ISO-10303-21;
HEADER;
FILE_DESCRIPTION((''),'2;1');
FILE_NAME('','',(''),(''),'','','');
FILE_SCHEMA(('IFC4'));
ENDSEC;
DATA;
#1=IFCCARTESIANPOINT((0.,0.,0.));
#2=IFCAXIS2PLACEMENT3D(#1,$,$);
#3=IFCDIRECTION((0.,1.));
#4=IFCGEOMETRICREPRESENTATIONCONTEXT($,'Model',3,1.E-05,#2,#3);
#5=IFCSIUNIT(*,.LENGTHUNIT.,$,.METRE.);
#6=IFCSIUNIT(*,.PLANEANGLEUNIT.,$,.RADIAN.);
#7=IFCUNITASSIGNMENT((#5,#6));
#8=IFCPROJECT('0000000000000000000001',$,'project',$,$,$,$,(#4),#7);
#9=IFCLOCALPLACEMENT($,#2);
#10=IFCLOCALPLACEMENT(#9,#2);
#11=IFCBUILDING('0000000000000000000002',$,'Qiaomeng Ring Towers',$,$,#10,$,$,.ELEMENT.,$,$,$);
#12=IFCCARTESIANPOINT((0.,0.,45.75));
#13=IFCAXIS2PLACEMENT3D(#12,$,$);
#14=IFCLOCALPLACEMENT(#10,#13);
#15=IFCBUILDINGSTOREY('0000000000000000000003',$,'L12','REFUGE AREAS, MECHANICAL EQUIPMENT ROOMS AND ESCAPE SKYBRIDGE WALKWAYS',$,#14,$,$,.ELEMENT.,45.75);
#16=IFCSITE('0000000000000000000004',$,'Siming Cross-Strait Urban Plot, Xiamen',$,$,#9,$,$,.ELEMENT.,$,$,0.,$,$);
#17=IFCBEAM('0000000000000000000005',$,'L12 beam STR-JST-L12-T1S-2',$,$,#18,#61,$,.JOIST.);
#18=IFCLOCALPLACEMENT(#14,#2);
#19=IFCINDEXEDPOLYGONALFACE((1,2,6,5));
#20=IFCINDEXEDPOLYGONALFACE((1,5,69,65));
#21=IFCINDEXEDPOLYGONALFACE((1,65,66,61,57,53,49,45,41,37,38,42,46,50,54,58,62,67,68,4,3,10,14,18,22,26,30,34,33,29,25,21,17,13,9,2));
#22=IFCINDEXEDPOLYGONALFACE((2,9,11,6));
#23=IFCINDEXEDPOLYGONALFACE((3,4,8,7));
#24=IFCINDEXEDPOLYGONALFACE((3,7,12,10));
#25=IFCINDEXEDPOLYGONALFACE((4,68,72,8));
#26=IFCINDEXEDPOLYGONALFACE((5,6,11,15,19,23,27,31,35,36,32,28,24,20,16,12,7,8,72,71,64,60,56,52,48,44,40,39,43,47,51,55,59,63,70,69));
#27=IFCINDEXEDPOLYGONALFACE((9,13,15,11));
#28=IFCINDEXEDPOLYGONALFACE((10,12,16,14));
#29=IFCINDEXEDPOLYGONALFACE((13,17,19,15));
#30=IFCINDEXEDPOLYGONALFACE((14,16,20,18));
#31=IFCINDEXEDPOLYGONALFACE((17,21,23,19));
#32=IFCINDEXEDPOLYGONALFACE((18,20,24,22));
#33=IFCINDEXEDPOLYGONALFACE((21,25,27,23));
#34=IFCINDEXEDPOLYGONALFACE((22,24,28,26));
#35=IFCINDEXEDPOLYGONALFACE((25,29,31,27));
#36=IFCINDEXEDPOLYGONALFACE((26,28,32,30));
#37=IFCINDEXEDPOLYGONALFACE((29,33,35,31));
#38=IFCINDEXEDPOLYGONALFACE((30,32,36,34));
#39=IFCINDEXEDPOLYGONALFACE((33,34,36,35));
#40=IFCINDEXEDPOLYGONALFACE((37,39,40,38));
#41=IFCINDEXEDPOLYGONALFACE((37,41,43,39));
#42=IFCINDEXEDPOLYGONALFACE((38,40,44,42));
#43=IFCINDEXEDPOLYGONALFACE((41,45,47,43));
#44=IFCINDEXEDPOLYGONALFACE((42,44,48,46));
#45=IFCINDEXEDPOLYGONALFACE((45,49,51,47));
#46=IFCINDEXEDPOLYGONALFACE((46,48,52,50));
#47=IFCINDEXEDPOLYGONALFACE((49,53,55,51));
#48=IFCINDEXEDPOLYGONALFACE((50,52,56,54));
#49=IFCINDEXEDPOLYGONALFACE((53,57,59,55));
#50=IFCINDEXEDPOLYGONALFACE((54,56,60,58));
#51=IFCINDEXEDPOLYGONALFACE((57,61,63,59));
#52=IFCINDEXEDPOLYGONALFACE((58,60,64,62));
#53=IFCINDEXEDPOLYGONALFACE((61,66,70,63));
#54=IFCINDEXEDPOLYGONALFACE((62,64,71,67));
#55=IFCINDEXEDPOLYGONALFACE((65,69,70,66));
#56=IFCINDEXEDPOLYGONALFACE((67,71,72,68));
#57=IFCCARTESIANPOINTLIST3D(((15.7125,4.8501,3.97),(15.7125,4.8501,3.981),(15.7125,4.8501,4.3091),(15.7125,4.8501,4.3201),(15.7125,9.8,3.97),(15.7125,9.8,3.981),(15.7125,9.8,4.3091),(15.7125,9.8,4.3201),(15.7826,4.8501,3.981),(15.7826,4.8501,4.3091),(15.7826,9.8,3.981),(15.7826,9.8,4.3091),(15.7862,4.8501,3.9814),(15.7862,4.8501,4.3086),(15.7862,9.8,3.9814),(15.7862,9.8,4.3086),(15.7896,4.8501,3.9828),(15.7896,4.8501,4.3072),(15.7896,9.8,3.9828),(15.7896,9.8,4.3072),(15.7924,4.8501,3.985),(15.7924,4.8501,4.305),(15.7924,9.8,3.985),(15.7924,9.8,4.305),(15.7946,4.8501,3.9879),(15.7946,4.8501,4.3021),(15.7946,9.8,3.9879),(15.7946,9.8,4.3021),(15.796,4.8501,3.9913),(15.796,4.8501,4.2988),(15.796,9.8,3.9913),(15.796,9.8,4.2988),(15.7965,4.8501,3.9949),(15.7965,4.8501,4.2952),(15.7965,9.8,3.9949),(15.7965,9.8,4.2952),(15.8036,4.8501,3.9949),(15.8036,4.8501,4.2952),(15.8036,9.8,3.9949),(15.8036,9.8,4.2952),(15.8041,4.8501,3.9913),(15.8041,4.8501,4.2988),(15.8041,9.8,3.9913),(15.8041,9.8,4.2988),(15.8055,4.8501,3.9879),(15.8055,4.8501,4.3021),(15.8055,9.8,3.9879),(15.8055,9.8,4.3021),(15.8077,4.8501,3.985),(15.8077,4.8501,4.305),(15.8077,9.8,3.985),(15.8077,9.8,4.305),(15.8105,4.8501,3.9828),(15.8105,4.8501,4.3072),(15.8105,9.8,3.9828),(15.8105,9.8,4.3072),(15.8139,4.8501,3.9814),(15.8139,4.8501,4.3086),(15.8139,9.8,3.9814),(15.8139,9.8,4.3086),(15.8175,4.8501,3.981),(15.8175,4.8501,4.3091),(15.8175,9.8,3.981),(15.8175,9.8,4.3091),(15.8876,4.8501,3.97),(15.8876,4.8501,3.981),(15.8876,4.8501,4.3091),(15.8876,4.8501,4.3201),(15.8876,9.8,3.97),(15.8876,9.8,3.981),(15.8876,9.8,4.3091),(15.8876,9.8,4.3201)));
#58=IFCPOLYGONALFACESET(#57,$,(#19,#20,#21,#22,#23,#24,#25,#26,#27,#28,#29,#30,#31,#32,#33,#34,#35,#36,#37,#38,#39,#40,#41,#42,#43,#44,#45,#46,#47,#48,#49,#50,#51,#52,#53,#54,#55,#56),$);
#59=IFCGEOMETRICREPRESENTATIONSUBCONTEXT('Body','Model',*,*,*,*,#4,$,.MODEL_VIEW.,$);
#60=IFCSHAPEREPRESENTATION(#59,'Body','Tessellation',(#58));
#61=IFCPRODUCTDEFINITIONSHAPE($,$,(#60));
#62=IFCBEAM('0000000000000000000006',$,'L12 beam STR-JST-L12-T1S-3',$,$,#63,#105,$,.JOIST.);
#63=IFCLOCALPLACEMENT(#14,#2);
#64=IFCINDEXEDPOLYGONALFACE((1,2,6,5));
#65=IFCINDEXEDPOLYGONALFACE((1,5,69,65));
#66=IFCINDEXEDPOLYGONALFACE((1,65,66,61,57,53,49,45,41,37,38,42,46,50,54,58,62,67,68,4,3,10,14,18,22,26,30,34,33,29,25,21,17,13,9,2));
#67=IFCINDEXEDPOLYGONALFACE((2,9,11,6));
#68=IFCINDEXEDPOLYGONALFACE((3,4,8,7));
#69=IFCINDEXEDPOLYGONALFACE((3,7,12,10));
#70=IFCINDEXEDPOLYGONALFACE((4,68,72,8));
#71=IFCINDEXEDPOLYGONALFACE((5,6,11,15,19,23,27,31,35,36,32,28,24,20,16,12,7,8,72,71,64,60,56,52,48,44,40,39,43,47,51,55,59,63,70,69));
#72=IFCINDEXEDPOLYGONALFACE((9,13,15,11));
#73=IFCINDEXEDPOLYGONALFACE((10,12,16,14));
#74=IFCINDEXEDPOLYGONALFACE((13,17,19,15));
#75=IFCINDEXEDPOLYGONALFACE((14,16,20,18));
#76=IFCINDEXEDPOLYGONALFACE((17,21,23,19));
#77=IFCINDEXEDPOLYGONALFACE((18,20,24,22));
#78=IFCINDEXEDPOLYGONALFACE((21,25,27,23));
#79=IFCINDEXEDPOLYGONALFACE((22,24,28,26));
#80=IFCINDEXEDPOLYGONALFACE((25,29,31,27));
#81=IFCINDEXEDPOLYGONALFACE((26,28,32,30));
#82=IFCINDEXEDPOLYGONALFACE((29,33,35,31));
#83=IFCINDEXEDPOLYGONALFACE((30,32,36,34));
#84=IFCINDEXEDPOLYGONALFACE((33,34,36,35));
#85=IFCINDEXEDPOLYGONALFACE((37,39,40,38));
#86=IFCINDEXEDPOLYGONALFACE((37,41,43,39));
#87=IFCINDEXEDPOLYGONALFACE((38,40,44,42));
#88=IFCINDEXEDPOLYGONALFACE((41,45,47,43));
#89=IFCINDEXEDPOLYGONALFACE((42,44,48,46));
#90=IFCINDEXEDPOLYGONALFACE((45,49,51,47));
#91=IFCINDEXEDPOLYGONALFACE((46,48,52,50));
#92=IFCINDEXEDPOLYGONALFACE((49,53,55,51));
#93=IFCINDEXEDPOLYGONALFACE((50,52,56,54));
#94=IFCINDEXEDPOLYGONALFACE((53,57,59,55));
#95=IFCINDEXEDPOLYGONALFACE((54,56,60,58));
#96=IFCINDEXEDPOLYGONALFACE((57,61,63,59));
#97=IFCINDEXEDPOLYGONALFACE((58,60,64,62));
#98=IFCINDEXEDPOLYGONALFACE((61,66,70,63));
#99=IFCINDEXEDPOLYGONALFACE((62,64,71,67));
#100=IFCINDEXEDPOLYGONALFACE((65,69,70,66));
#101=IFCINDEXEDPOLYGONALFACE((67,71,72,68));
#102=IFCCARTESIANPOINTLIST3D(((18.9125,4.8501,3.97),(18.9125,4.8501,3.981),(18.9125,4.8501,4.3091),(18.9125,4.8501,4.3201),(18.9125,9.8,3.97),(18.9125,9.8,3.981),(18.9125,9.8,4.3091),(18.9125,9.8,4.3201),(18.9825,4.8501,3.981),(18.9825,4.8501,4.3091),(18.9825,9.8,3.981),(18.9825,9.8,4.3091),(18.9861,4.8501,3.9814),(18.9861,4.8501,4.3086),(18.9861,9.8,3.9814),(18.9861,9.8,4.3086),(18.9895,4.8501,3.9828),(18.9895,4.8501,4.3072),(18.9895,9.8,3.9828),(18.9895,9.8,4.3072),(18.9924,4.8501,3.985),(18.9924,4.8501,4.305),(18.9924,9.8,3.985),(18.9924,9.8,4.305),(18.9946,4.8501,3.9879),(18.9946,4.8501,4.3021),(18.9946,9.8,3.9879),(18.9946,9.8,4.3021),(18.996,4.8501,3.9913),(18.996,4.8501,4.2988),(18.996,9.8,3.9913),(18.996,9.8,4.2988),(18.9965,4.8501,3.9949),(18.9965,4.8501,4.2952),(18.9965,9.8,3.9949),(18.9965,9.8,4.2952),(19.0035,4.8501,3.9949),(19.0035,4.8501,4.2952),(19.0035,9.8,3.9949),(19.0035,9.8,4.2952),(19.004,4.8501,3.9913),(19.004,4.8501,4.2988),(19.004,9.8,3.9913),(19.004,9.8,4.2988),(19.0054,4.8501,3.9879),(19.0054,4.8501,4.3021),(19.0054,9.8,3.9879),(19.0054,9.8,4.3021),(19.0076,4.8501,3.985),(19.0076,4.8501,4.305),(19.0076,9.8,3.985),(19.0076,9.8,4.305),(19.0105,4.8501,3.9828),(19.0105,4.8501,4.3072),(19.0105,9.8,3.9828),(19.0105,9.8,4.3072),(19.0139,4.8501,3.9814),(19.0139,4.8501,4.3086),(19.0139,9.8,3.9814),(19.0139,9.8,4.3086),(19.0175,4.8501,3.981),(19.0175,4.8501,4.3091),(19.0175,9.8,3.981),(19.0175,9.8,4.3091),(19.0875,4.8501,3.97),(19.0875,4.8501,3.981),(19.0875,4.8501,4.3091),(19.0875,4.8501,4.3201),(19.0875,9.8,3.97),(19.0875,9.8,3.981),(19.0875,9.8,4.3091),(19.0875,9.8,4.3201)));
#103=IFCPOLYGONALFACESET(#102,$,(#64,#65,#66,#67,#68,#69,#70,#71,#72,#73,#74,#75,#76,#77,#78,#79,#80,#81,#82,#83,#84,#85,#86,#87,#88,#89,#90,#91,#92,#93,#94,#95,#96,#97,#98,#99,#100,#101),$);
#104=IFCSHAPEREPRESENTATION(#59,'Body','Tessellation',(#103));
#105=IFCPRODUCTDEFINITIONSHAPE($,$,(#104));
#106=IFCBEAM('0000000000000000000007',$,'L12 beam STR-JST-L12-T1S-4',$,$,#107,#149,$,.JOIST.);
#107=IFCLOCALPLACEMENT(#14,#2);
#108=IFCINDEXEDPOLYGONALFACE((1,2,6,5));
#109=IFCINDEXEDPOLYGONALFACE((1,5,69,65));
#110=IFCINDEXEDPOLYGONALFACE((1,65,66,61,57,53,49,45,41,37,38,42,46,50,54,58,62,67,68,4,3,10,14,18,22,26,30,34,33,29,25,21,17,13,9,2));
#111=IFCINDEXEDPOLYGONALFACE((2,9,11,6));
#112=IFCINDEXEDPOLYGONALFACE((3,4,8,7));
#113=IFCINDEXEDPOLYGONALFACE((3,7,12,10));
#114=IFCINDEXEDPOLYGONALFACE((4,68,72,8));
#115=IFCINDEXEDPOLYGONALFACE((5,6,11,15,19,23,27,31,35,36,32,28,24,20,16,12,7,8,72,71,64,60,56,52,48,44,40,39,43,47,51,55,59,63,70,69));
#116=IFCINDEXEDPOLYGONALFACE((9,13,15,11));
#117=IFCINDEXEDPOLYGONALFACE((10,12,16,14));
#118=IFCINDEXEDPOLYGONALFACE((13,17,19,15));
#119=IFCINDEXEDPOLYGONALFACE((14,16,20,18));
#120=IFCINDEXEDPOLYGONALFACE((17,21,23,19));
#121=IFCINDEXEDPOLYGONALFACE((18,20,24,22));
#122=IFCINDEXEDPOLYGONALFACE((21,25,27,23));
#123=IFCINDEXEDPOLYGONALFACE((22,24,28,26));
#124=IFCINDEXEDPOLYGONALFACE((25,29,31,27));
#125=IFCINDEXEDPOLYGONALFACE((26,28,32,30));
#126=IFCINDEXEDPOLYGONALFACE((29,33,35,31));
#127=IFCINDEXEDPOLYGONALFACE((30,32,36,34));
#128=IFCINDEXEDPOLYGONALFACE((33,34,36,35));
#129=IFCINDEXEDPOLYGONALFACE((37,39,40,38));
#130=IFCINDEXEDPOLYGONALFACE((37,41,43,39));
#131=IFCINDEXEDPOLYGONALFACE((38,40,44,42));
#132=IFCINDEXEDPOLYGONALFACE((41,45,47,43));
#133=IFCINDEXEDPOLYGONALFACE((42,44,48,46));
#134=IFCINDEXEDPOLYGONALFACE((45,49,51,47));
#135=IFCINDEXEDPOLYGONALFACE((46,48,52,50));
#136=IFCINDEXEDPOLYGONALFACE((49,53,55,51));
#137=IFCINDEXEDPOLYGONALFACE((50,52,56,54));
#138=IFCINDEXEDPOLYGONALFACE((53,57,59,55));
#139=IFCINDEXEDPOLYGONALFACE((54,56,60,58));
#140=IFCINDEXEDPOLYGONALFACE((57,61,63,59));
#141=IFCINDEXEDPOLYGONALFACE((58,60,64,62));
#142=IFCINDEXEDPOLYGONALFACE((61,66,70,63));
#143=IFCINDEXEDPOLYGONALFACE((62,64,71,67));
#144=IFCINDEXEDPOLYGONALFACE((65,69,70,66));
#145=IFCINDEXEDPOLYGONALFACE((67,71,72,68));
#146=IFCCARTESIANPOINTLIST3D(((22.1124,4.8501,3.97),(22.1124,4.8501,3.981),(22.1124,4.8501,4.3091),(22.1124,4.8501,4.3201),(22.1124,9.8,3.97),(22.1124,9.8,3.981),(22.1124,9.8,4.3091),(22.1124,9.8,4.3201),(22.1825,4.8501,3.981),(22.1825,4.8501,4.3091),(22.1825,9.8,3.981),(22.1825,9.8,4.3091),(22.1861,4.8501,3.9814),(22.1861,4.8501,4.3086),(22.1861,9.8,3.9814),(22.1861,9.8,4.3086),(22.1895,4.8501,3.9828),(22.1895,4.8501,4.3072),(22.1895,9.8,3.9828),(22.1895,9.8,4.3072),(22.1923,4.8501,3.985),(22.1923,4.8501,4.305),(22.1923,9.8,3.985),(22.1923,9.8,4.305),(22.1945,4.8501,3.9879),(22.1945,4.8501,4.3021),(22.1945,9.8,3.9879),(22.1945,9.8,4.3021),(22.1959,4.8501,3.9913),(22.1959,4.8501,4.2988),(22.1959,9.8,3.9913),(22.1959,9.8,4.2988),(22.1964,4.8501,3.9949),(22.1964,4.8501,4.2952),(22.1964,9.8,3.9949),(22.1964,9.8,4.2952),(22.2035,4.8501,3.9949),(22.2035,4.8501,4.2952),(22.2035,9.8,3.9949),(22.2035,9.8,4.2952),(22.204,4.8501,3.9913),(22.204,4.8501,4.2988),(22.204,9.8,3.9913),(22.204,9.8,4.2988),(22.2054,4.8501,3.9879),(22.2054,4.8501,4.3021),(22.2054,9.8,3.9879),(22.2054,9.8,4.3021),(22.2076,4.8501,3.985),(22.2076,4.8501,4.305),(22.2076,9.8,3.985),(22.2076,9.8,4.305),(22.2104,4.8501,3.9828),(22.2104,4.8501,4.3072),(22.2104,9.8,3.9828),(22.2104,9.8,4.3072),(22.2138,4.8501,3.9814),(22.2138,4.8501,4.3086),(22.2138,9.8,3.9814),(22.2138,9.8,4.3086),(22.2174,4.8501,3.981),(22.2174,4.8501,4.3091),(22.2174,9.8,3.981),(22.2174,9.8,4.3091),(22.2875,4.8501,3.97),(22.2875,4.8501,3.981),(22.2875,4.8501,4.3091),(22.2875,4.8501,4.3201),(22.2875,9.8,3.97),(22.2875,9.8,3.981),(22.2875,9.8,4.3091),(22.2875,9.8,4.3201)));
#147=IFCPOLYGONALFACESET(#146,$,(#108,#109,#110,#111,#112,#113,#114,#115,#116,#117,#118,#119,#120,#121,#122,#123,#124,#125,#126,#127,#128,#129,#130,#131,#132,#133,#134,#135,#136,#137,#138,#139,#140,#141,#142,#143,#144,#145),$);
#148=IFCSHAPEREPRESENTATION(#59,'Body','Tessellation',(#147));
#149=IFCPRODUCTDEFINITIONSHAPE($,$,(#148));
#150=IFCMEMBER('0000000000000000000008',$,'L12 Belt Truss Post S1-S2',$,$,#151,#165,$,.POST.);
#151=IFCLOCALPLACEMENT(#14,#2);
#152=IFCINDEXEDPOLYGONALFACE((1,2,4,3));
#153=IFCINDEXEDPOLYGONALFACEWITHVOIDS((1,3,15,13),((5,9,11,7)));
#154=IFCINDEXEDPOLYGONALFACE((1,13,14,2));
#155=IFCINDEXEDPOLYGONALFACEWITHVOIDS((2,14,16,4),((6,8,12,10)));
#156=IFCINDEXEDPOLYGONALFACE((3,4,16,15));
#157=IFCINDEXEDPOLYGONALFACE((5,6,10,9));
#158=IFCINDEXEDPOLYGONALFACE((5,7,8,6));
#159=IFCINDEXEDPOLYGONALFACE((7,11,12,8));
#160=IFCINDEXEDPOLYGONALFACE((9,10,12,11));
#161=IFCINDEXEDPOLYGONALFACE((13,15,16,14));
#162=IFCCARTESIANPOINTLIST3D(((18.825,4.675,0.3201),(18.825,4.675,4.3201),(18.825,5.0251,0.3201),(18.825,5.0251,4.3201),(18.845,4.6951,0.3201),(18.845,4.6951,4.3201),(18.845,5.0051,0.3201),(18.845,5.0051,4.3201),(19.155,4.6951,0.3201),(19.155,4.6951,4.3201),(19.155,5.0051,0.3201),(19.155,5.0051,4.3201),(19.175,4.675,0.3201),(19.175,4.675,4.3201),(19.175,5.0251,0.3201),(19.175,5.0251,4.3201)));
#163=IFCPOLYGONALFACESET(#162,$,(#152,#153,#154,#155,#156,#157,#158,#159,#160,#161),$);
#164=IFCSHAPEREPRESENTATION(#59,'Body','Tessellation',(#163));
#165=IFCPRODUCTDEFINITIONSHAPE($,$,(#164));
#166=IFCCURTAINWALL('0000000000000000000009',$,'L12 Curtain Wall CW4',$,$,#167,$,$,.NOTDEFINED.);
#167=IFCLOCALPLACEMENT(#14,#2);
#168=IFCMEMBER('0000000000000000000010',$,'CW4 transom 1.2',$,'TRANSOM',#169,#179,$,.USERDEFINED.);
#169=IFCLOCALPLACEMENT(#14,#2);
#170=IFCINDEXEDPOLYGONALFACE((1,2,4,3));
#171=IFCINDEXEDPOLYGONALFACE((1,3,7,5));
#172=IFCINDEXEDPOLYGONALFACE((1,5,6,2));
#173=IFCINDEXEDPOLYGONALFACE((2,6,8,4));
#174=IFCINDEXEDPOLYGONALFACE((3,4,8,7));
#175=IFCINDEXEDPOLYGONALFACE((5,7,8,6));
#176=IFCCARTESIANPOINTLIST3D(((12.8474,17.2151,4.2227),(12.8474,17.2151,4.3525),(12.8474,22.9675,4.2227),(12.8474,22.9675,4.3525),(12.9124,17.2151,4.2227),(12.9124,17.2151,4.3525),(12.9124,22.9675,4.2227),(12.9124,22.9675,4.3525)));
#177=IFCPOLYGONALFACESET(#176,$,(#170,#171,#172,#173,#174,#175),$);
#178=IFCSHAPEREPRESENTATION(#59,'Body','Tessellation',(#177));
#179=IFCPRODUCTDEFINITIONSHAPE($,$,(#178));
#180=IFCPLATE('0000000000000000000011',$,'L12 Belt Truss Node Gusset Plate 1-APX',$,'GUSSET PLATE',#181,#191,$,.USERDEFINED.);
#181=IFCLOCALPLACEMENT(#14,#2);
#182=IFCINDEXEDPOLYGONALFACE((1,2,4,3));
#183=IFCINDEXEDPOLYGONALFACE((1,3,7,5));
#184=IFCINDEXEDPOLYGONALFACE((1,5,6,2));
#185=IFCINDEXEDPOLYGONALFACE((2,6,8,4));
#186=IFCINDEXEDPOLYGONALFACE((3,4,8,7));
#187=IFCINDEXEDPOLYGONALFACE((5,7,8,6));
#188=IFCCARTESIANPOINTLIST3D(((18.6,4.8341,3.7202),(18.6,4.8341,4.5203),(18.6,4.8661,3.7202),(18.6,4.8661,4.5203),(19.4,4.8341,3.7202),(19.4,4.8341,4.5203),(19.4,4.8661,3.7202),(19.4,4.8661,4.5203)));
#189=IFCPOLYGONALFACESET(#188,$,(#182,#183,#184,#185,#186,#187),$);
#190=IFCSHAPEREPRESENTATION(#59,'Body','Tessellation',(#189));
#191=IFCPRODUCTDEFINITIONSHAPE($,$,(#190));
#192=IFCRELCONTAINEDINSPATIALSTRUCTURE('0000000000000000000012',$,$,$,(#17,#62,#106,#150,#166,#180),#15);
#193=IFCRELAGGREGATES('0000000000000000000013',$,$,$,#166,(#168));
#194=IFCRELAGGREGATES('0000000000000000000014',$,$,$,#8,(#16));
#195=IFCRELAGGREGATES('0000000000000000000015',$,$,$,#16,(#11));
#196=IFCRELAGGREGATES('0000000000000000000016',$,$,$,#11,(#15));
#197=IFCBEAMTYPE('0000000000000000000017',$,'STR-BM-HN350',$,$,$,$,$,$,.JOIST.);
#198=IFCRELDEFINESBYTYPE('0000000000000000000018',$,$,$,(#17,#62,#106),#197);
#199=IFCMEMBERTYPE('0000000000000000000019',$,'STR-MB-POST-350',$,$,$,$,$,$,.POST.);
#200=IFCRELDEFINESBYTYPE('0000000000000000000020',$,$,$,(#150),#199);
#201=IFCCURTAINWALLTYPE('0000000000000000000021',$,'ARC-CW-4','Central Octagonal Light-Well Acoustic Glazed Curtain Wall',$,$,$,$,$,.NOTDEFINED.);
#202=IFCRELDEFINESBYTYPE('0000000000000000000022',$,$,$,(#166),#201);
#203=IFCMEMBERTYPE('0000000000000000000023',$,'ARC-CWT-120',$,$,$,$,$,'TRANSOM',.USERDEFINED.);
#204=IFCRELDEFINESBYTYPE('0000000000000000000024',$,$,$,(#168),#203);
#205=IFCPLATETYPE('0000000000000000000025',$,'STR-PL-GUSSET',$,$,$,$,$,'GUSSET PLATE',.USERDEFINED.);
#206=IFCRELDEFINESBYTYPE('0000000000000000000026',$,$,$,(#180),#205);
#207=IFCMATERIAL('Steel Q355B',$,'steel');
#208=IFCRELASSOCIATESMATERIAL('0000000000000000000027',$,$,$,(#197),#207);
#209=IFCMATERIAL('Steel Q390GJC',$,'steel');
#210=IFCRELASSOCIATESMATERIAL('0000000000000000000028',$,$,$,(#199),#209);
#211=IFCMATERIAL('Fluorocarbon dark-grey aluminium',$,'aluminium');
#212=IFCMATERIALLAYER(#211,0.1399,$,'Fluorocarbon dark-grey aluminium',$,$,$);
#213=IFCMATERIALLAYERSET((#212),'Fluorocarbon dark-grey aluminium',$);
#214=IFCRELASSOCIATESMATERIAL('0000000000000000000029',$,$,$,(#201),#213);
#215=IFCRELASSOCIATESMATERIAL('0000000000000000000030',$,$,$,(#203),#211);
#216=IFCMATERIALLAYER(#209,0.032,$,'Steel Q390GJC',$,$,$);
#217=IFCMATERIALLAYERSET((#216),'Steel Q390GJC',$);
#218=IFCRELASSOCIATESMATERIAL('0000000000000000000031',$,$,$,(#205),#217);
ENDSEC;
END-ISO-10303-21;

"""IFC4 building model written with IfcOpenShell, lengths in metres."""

from ifc_helpers import new_model, si_unit, direction, frame, origin, origin_2d, place, context, subcontext, project, spatial, rectangle, hollow_rectangle, i_section, extrude, source, transform, mapped, material, layer, layer_set, material_profile, profile_set, type_object, element, aggregate, save


model = new_model("IFC4")

# Units and contexts
model_context = context("Model", 3, precision=1e-05, world=origin(), true_north=direction((0.0, 1.0)))
body_context = subcontext(model_context, "Body", "Model", "MODEL_VIEW")
ifc_project = project(units=[si_unit("LENGTHUNIT", "METRE"), si_unit("PLANEANGLEUNIT", "RADIAN")], contexts=[model_context])

# Site, building, storey
site_placement = place(None, origin())
site = spatial("IfcSite", under=ifc_project, at=site_placement, Name="Siming Cross-Strait Urban Plot, Xiamen", CompositionType="ELEMENT", RefElevation=0.0)
building_placement = place(site_placement, origin())
building = spatial("IfcBuilding", under=site, at=building_placement, Name="Qiaomeng Ring Towers", CompositionType="ELEMENT")
storey_placement = place(building_placement, frame((0.0, 0.0, 45.75)))
storey = spatial("IfcBuildingStorey", under=building, at=storey_placement, Name="L12", Description="REFUGE AREAS, MECHANICAL EQUIPMENT ROOMS AND ESCAPE SKYBRIDGE WALKWAYS", CompositionType="ELEMENT", Elevation=45.75)

# Beams
ifc_material_1 = material(Name="Steel Q355B", Category="steel")
ifc_material_profile_1 = material_profile(ifc_material_1, i_section(OverallWidth=0.175, OverallDepth=0.3501, WebThickness=0.0071, FlangeThickness=0.011, FilletRadius=0.0139, at=origin_2d()), Name="HN 350x175x7x11")
ifc_profile_set_1 = profile_set([ifc_material_profile_1], Name="Steel Q355B")
beam_type = type_object("IfcBeamType", Name="STR-BM-HN350", PredefinedType="JOIST", material=ifc_profile_set_1)
shared_shape_1 = source(origin(), body_context, "Body", "SweptSolid", [
    extrude(i_section(OverallWidth=0.175, OverallDepth=0.3501, WebThickness=0.0071, FlangeThickness=0.011, FilletRadius=0.0139, at=origin_2d()), origin(), (0.0, 0.0, 1.0), 4.95),
])
for number, where, z_axis, x_axis, name in (
    (1, (15.8, 4.8501, 4.145), (0.0, 1.0, 0.0), (-1.0, 0.0, 0.0), "L12 beam STR-JST-L12-T1S-2"),
    (2, (19.0, 4.8501, 4.145), (0.0, 1.0, 0.0), (-1.0, 0.0, 0.0), "L12 beam STR-JST-L12-T1S-3"),
    (3, (22.2, 4.8501, 4.145), (0.0, 1.0, 0.0), (-1.0, 0.0, 0.0), "L12 beam STR-JST-L12-T1S-4"),
):
    element("IfcBeam", number, at=place(storey_placement, frame(where, z_axis=z_axis, x_axis=x_axis)), inside=storey, type_object=beam_type, Name=name, PredefinedType="JOIST", context=body_context, shape_type="MappedRepresentation", body=[
        mapped(shared_shape_1, transform((0.0, 0.0, 0.0), x_axis=(1.0, 0.0, 0.0), y_axis=(0.0, 1.0, 0.0), z_axis=(0.0, 0.0, 1.0), scale=1.0)),
    ])

# Member
ifc_material_2 = material(Name="Steel Q390GJC", Category="steel")
ifc_material_profile_2 = material_profile(ifc_material_2, hollow_rectangle(XDim=0.3501, YDim=0.3501, WallThickness=0.02, at=origin_2d()), Name="SHS 350x350x20")
ifc_profile_set_2 = profile_set([ifc_material_profile_2], Name="Steel Q390GJC")
member_type_1 = type_object("IfcMemberType", Name="STR-MB-POST-350", PredefinedType="POST", material=ifc_profile_set_2)
shared_shape_2 = source(origin(), body_context, "Body", "SweptSolid", [
    extrude(hollow_rectangle(XDim=0.3501, YDim=0.3501, WallThickness=0.02, at=origin_2d()), origin(), (0.0, 0.0, 1.0), 4.0),
])
member_1_placement = place(storey_placement, frame((19.0, 4.8501, 0.3201), z_axis=(0.0, 0.0, 1.0), x_axis=(1.0, 0.0, 0.0)))
element("IfcMember", 4, at=member_1_placement, inside=storey, type_object=member_type_1, Name="L12 Belt Truss Post S1-S2", PredefinedType="POST", context=body_context, shape_type="MappedRepresentation", body=[
    mapped(shared_shape_2, transform((0.0, 0.0, 0.0), x_axis=(1.0, 0.0, 0.0), y_axis=(0.0, 1.0, 0.0), z_axis=(0.0, 0.0, 1.0), scale=1.0)),
])

# Curtain wall, member
ifc_material_3 = material(Name="Fluorocarbon dark-grey aluminium", Category="aluminium")
ifc_layer_1 = layer(ifc_material_3, 0.1399, Name="Fluorocarbon dark-grey aluminium")
ifc_layer_set_1 = layer_set([ifc_layer_1], Name="Fluorocarbon dark-grey aluminium")
curtain_wall_type = type_object("IfcCurtainWallType", Name="ARC-CW-4", Description="Central Octagonal Light-Well Acoustic Glazed Curtain Wall", PredefinedType="NOTDEFINED", material=ifc_layer_set_1)
curtain_wall_placement = place(storey_placement, origin())
curtain_wall = element("IfcCurtainWall", 5, at=curtain_wall_placement, inside=storey, type_object=curtain_wall_type, Name="L12 Curtain Wall CW4", PredefinedType="NOTDEFINED")
ifc_material_profile_3 = material_profile(ifc_material_3, rectangle(XDim=0.0649, YDim=0.1299, at=origin_2d()), Name="ALU TRAN 65x130")
ifc_profile_set_3 = profile_set([ifc_material_profile_3], Name="Fluorocarbon dark-grey aluminium")
member_type_2 = type_object("IfcMemberType", Name="ARC-CWT-120", ElementType="TRANSOM", PredefinedType="USERDEFINED", material=ifc_profile_set_3)
shared_shape_3 = source(origin(), body_context, "Body", "SweptSolid", [
    extrude(rectangle(XDim=0.0649, YDim=0.1299, at=origin_2d()), origin(), (0.0, 0.0, 1.0), 5.7524),
])
member_2_placement = place(storey_placement, frame((12.8799, 17.2151, 4.2876), z_axis=(0.0, 1.0, 0.0), x_axis=(-1.0, 0.0, 0.0)))
member_2 = element("IfcMember", 6, at=member_2_placement, type_object=member_type_2, Name="CW4 transom 1.2", ObjectType="TRANSOM", PredefinedType="USERDEFINED", context=body_context, shape_type="MappedRepresentation", body=[
    mapped(shared_shape_3, transform((0.0, 0.0, 0.0), x_axis=(1.0, 0.0, 0.0), y_axis=(0.0, 1.0, 0.0), z_axis=(0.0, 0.0, 1.0), scale=1.0)),
])
aggregate(curtain_wall, [member_2])

# Plate
ifc_layer_2 = layer(ifc_material_2, 0.032, Name="Steel Q390GJC")
ifc_layer_set_2 = layer_set([ifc_layer_2], Name="Steel Q390GJC")
plate_type_1 = type_object("IfcPlateType", Name="STR-PL-GUSSET", ElementType="GUSSET PLATE", PredefinedType="USERDEFINED", material=ifc_layer_set_2)
shared_shape_4 = source(origin(), body_context, "Body", "SweptSolid", [
    extrude(rectangle(XDim=0.8, YDim=0.032, at=origin_2d()), origin(), (0.0, 0.0, 1.0), 0.8),
])
plate_1_placement = place(storey_placement, frame((19.0, 4.8501, 3.7202), z_axis=(0.0, 0.0, 1.0), x_axis=(1.0, 0.0, 0.0)))
element("IfcPlate", 7, at=plate_1_placement, inside=storey, type_object=plate_type_1, Name="L12 Belt Truss Node Gusset Plate 1-APX", ObjectType="GUSSET PLATE", PredefinedType="USERDEFINED", context=body_context, shape_type="MappedRepresentation", body=[
    mapped(shared_shape_4, transform((0.0, 0.0, 0.0), x_axis=(1.0, 0.0, 0.0), y_axis=(0.0, 1.0, 0.0), z_axis=(0.0, 0.0, 1.0), scale=1.0)),
])

save(model, "model.ifc")
